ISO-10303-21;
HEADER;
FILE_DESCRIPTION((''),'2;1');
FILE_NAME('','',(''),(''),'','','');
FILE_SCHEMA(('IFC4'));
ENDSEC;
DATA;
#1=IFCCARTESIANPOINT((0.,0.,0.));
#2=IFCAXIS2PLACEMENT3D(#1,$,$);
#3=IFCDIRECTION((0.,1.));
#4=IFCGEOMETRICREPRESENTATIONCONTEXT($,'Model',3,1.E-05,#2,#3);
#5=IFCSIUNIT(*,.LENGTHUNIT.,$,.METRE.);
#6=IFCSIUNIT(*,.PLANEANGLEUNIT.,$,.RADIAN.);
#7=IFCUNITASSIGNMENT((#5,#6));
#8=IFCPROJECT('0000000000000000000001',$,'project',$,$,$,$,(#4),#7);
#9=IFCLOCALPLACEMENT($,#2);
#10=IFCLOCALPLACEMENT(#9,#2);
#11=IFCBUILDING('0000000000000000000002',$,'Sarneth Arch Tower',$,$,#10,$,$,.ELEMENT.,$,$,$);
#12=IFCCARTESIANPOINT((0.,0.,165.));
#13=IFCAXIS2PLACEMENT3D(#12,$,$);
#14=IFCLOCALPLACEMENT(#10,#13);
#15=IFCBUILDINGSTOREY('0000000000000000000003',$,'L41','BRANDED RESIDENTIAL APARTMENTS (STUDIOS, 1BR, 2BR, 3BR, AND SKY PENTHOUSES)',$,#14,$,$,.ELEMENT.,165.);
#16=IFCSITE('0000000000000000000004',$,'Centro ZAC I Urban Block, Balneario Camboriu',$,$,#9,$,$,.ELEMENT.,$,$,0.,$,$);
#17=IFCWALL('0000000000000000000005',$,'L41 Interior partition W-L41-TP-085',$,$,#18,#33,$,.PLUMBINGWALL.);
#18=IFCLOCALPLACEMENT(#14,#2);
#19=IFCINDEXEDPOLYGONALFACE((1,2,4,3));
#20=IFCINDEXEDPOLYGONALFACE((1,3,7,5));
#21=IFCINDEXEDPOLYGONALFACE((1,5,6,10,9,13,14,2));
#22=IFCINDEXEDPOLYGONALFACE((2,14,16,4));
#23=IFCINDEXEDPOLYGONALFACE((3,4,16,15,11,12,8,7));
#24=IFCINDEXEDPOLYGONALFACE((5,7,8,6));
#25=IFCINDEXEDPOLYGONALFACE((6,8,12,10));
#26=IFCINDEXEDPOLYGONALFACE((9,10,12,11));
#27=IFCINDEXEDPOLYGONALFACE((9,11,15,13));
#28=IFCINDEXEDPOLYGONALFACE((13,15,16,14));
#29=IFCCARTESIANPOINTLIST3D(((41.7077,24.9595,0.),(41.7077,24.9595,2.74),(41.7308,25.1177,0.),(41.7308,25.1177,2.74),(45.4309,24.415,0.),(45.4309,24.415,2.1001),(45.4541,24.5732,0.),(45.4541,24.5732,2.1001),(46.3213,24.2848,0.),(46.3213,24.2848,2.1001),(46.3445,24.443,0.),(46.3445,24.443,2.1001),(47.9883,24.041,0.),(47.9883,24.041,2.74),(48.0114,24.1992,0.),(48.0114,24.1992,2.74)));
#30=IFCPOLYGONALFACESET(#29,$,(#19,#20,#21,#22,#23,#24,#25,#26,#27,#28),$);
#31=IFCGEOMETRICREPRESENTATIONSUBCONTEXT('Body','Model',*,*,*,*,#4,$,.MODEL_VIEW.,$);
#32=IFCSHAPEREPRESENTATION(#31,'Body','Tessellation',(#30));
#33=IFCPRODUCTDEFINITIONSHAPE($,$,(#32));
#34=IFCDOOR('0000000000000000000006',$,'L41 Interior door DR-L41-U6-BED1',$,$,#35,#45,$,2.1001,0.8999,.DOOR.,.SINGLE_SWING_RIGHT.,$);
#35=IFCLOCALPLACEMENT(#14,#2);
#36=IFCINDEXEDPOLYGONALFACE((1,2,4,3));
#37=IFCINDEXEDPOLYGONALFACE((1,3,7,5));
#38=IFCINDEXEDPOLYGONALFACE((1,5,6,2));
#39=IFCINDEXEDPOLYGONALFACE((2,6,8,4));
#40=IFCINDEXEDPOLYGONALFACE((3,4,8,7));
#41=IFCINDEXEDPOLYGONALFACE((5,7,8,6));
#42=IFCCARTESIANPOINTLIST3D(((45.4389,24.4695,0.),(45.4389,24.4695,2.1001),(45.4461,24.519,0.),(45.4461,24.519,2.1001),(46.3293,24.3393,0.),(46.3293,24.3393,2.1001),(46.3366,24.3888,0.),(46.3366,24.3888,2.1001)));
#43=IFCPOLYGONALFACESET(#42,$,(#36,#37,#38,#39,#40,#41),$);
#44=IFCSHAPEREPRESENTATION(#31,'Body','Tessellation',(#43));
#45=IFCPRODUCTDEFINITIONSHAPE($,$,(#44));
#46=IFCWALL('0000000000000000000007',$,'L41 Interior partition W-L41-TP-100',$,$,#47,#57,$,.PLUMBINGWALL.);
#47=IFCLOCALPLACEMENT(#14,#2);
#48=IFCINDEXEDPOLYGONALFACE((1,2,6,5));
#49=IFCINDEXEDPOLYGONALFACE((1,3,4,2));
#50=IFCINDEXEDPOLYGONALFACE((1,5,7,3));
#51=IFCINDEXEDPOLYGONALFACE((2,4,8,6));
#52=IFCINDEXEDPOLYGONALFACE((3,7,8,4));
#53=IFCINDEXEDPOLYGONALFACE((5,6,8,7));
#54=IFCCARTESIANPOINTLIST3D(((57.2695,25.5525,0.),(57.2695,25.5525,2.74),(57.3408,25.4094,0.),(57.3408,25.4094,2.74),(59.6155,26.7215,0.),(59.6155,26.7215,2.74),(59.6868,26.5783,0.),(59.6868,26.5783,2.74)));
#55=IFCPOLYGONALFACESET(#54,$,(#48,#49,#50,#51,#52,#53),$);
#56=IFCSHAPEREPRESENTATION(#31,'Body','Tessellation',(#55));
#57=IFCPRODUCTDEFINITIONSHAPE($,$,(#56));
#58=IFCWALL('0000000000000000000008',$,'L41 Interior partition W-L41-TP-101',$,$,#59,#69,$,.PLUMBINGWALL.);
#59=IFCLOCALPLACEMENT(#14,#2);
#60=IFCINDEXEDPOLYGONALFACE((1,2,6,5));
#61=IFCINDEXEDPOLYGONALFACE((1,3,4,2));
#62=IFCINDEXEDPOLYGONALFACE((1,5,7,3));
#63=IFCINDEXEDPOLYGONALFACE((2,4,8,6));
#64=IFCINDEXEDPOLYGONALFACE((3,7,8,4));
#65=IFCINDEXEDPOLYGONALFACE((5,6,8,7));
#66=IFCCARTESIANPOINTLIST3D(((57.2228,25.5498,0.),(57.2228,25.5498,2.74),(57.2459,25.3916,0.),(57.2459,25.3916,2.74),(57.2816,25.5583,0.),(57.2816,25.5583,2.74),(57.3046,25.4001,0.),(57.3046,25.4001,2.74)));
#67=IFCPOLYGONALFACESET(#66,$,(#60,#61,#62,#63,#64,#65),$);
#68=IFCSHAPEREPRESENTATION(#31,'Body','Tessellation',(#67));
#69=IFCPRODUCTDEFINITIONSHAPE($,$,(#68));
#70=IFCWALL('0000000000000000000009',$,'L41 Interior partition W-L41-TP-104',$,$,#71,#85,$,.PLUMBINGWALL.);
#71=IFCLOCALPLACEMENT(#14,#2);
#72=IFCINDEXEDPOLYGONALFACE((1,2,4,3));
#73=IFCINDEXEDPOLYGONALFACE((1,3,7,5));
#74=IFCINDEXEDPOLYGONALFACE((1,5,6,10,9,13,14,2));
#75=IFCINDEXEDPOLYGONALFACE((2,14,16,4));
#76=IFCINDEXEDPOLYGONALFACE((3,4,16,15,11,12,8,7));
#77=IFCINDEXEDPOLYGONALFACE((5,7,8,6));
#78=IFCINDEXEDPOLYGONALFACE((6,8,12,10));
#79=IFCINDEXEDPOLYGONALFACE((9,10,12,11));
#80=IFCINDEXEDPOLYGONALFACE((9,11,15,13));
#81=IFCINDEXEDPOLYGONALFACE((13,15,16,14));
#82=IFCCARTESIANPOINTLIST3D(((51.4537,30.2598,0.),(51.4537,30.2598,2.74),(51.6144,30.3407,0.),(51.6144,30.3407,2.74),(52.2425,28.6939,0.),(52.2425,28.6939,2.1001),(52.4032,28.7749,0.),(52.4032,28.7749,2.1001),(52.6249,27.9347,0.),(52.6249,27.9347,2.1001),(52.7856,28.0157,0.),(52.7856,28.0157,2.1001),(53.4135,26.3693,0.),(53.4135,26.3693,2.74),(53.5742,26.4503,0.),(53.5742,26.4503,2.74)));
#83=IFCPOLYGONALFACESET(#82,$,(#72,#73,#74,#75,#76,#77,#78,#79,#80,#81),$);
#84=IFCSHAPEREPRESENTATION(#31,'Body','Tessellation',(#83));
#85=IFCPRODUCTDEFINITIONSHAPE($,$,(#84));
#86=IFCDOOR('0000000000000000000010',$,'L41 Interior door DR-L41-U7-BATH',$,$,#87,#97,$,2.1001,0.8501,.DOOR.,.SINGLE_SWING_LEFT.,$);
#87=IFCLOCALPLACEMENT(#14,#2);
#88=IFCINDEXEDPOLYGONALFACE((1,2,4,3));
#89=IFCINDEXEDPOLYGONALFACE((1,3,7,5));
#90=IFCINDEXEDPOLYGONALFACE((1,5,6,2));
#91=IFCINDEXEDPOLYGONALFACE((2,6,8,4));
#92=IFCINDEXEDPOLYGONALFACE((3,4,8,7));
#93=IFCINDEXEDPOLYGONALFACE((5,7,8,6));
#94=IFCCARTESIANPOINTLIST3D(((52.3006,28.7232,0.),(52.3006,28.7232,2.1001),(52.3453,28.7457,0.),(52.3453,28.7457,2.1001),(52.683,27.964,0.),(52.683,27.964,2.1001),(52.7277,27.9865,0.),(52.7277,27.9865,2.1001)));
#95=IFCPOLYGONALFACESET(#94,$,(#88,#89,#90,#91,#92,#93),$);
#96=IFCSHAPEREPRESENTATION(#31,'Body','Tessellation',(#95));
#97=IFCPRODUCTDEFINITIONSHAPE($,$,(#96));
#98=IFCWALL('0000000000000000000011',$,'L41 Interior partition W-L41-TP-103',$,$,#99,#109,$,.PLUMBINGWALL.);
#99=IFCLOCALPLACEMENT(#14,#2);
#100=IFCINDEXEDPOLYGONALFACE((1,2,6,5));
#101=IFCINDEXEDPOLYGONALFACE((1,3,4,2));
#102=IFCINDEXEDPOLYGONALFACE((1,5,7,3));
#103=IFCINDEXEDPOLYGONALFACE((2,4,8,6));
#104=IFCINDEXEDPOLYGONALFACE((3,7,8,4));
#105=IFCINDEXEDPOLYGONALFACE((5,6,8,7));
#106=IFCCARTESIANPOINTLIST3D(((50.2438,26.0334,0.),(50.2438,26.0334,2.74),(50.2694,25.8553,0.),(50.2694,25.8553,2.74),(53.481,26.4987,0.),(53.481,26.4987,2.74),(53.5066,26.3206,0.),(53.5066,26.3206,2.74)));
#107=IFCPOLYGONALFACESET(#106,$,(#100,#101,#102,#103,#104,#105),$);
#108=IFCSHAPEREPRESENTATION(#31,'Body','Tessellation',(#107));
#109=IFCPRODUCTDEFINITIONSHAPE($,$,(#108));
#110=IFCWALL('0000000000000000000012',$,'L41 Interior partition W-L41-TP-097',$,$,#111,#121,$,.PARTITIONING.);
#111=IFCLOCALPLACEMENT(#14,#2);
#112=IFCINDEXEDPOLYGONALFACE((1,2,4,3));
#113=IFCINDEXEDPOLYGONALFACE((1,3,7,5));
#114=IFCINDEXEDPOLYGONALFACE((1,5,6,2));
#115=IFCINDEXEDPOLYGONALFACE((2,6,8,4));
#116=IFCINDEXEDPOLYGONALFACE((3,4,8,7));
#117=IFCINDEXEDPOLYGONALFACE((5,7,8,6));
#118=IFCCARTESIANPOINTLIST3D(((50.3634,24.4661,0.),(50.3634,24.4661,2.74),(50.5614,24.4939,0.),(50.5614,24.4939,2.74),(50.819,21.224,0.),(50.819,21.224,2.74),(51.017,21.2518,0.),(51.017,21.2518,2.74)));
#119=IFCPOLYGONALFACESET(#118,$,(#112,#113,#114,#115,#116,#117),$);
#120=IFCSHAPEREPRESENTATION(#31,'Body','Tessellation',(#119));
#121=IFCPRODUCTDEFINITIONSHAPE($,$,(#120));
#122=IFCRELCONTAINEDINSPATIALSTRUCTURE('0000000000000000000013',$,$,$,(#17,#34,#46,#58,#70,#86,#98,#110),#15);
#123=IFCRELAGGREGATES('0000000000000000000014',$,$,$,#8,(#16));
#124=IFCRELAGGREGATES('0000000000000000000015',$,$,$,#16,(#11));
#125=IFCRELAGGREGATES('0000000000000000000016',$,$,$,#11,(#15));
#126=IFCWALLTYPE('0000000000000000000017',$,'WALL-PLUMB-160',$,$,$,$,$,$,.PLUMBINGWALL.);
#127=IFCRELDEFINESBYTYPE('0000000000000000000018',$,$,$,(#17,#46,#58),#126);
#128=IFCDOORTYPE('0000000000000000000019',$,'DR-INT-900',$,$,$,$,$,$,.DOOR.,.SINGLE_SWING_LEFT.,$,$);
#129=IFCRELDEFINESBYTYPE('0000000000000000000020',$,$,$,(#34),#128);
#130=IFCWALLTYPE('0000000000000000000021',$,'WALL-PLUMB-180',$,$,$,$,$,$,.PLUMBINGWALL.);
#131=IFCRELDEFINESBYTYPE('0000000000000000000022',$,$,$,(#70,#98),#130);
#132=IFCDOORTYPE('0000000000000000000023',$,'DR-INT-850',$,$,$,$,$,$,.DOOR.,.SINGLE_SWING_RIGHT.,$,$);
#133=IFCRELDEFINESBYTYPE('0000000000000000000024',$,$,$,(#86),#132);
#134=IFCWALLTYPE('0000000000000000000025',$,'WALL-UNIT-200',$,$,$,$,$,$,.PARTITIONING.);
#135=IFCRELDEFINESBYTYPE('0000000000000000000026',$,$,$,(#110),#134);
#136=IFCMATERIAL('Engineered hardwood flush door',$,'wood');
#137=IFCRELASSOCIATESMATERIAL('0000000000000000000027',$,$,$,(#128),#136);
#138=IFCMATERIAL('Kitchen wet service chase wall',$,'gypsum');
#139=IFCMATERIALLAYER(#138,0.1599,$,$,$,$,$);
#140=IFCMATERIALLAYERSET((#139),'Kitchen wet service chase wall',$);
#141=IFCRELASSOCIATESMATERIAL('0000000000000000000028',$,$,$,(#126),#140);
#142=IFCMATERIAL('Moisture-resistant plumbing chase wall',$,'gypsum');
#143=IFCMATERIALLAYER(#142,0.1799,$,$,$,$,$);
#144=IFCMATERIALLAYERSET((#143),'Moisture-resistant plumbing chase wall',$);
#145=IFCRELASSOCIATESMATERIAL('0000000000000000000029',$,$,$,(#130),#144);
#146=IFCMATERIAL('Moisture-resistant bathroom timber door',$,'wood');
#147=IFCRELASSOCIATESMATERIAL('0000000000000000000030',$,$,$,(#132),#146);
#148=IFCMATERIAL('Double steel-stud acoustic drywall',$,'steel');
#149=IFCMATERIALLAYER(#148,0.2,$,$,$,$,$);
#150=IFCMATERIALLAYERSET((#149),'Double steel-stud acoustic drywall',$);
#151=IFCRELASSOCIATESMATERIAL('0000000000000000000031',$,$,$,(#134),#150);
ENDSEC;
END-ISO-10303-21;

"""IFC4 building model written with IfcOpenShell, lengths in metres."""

from ifc_helpers import new_model, si_unit, direction, frame, frame_2d, origin, place, context, subcontext, project, spatial, rectangle, extrude, material, layer, layer_set, type_object, element, fill, save


model = new_model("IFC4")

# Units and contexts
model_context = context("Model", 3, precision=1e-05, world=origin(), true_north=direction((0.0, 1.0)))
body_context = subcontext(model_context, "Body", "Model", "MODEL_VIEW")
ifc_project = project(units=[si_unit("LENGTHUNIT", "METRE"), si_unit("PLANEANGLEUNIT", "RADIAN")], contexts=[model_context])

# Site, building, storey
site_placement = place(None, origin())
site = spatial("IfcSite", under=ifc_project, at=site_placement, Name="Centro ZAC I Urban Block, Balneario Camboriu", CompositionType="ELEMENT", RefElevation=0.0)
building_placement = place(site_placement, origin())
building = spatial("IfcBuilding", under=site, at=building_placement, Name="Sarneth Arch Tower", CompositionType="ELEMENT")
storey_placement = place(building_placement, frame((0.0, 0.0, 165.0)))
storey = spatial("IfcBuildingStorey", under=building, at=storey_placement, Name="L41", Description="BRANDED RESIDENTIAL APARTMENTS (STUDIOS, 1BR, 2BR, 3BR, AND SKY PENTHOUSES)", CompositionType="ELEMENT", Elevation=165.0)

# Wall, opening, door
ifc_material_1 = material(Name="Engineered hardwood flush door", Category="wood")
door_type_1 = type_object("IfcDoorType", Name="DR-INT-900", OperationType="SINGLE_SWING_LEFT", PredefinedType="DOOR", material=ifc_material_1)
ifc_material_2 = material(Name="Kitchen wet service chase wall", Category="gypsum")
ifc_layer_1 = layer(ifc_material_2, 0.1599)
ifc_layer_set_1 = layer_set([ifc_layer_1], Name="Kitchen wet service chase wall")
wall_type_1 = type_object("IfcWallType", Name="WALL-PLUMB-160", PredefinedType="PLUMBINGWALL", material=ifc_layer_set_1)
wall_1_placement = place(storey_placement, frame((48.0, 24.1201, 0.0), z_axis=(0.0, 0.0, 1.0), x_axis=(-0.989476, 0.1447, 0.0)))
wall_1 = element("IfcWall", 1, at=wall_1_placement, inside=storey, type_object=wall_type_1, Name="L41 Interior partition W-L41-TP-085", PredefinedType="PLUMBINGWALL", context=body_context, shape_type="SweptSolid", body=[
    extrude(rectangle(XDim=6.3474, YDim=0.1599, at=frame_2d((3.1738, 0.0))), origin(), (0.0, 0.0, 1.0), 2.74),
])
opening_1_placement = place(wall_1_placement, frame((1.6848, 0.0, 0.0)))
opening_1 = element("IfcOpeningElement", 2, at=opening_1_placement, cuts=wall_1, PredefinedType="OPENING", context=body_context, shape_type="SweptSolid", body=[
    extrude(rectangle(XDim=0.8999, YDim=2.1001, at=frame_2d((0.45, 1.05))), frame((0.0, 0.0898, 0.0), z_axis=(0.0, -1.0, 0.0), x_axis=(1.0, 0.0, 0.0)), (0.0, 0.0, 1.0), 0.1799),
])
door_1_placement = place(opening_1_placement, origin())
door_1 = element("IfcDoor", 3, at=door_1_placement, inside=storey, type_object=door_type_1, Name="L41 Interior door DR-L41-U6-BED1", OperationType="SINGLE_SWING_RIGHT", OverallHeight=2.1001, OverallWidth=0.8999, PredefinedType="DOOR", context=body_context, shape_type="SweptSolid", body=[
    extrude(rectangle(XDim=0.8999, YDim=2.1001, at=frame_2d((0.45, 1.05))), frame((0.0, 0.0249, 0.0), z_axis=(0.0, -1.0, 0.0), x_axis=(1.0, 0.0, 0.0)), (0.0, 0.0, 1.0), 0.05),
])
fill(opening_1, door_1)

# Walls
wall_2_placement = place(storey_placement, frame((59.6511, 26.6499, 0.0), z_axis=(0.0, 0.0, 1.0), x_axis=(-0.895041, -0.445984, 0.0)))
element("IfcWall", 4, at=wall_2_placement, inside=storey, type_object=wall_type_1, Name="L41 Interior partition W-L41-TP-100", PredefinedType="PLUMBINGWALL", context=body_context, shape_type="SweptSolid", body=[
    extrude(rectangle(XDim=2.6211, YDim=0.1599, at=frame_2d((1.3105, 0.0))), origin(), (0.0, 0.0, 1.0), 2.74),
])
wall_3_placement = place(storey_placement, frame((57.2932, 25.4792, 0.0), z_axis=(0.0, 0.0, 1.0), x_axis=(-0.989533, -0.144307, 0.0)))
element("IfcWall", 5, at=wall_3_placement, inside=storey, type_object=wall_type_1, Name="L41 Interior partition W-L41-TP-101", PredefinedType="PLUMBINGWALL", context=body_context, shape_type="SweptSolid", body=[
    extrude(rectangle(XDim=0.0593, YDim=0.1599, at=frame_2d((0.0298, 0.0))), origin(), (0.0, 0.0, 1.0), 2.74),
])

# Wall, opening, door
ifc_material_3 = material(Name="Moisture-resistant plumbing chase wall", Category="gypsum")
ifc_layer_2 = layer(ifc_material_3, 0.1799)
ifc_layer_set_2 = layer_set([ifc_layer_2], Name="Moisture-resistant plumbing chase wall")
wall_type_2 = type_object("IfcWallType", Name="WALL-PLUMB-180", PredefinedType="PLUMBINGWALL", material=ifc_layer_set_2)
wall_4_placement = place(storey_placement, frame((53.4939, 26.4097, 0.0), z_axis=(0.0, 0.0, 1.0), x_axis=(-0.449879, 0.893089, 0.0)))
wall_4 = element("IfcWall", 6, at=wall_4_placement, inside=storey, type_object=wall_type_2, Name="L41 Interior partition W-L41-TP-104", PredefinedType="PLUMBINGWALL", context=body_context, shape_type="SweptSolid", body=[
    extrude(rectangle(XDim=4.3562, YDim=0.1799, at=frame_2d((2.1782, 0.0))), origin(), (0.0, 0.0, 1.0), 2.74),
])
opening_2_placement = place(wall_4_placement, frame((1.7529, 0.0, 0.0)))
opening_2 = element("IfcOpeningElement", 7, at=opening_2_placement, cuts=wall_4, PredefinedType="OPENING", context=body_context, shape_type="SweptSolid", body=[
    extrude(rectangle(XDim=0.8501, YDim=2.1001, at=frame_2d((0.425, 1.05))), frame((0.0, 0.0999, 0.0), z_axis=(0.0, -1.0, 0.0), x_axis=(1.0, 0.0, 0.0)), (0.0, 0.0, 1.0), 0.2),
])
ifc_material_4 = material(Name="Moisture-resistant bathroom timber door", Category="wood")
door_type_2 = type_object("IfcDoorType", Name="DR-INT-850", OperationType="SINGLE_SWING_RIGHT", PredefinedType="DOOR", material=ifc_material_4)
door_2_placement = place(opening_2_placement, origin())
door_2 = element("IfcDoor", 8, at=door_2_placement, inside=storey, type_object=door_type_2, Name="L41 Interior door DR-L41-U7-BATH", OperationType="SINGLE_SWING_LEFT", OverallHeight=2.1001, OverallWidth=0.8501, PredefinedType="DOOR", context=body_context, shape_type="SweptSolid", body=[
    extrude(rectangle(XDim=0.8501, YDim=2.1001, at=frame_2d((0.425, 1.05))), frame((0.0, 0.0249, 0.0), z_axis=(0.0, -1.0, 0.0), x_axis=(1.0, 0.0, 0.0)), (0.0, 0.0, 1.0), 0.05),
])
fill(opening_2, door_2)

# Walls
wall_5_placement = place(storey_placement, frame((50.2566, 25.9443, 0.0), z_axis=(0.0, 0.0, 1.0), x_axis=(0.989827, 0.142278, 0.0)))
element("IfcWall", 9, at=wall_5_placement, inside=storey, type_object=wall_type_2, Name="L41 Interior partition W-L41-TP-103", PredefinedType="PLUMBINGWALL", context=body_context, shape_type="SweptSolid", body=[
    extrude(rectangle(XDim=3.2705, YDim=0.1799, at=frame_2d((1.6353, 0.0))), origin(), (0.0, 0.0, 1.0), 2.74),
])
ifc_material_5 = material(Name="Double steel-stud acoustic drywall", Category="steel")
ifc_layer_3 = layer(ifc_material_5, 0.2)
ifc_layer_set_3 = layer_set([ifc_layer_3], Name="Double steel-stud acoustic drywall")
wall_type_3 = type_object("IfcWallType", Name="WALL-UNIT-200", PredefinedType="PARTITIONING", material=ifc_layer_set_3)
wall_6_placement = place(storey_placement, frame((50.4624, 24.48, 0.0), z_axis=(0.0, 0.0, 1.0), x_axis=(0.139145, -0.990272, 0.0)))
element("IfcWall", 10, at=wall_6_placement, inside=storey, type_object=wall_type_3, Name="L41 Interior partition W-L41-TP-097", PredefinedType="PARTITIONING", context=body_context, shape_type="SweptSolid", body=[
    extrude(rectangle(XDim=3.2739, YDim=0.2, at=frame_2d((1.637, 0.0))), origin(), (0.0, 0.0, 1.0), 2.74),
])

save(model, "model.ifc")
